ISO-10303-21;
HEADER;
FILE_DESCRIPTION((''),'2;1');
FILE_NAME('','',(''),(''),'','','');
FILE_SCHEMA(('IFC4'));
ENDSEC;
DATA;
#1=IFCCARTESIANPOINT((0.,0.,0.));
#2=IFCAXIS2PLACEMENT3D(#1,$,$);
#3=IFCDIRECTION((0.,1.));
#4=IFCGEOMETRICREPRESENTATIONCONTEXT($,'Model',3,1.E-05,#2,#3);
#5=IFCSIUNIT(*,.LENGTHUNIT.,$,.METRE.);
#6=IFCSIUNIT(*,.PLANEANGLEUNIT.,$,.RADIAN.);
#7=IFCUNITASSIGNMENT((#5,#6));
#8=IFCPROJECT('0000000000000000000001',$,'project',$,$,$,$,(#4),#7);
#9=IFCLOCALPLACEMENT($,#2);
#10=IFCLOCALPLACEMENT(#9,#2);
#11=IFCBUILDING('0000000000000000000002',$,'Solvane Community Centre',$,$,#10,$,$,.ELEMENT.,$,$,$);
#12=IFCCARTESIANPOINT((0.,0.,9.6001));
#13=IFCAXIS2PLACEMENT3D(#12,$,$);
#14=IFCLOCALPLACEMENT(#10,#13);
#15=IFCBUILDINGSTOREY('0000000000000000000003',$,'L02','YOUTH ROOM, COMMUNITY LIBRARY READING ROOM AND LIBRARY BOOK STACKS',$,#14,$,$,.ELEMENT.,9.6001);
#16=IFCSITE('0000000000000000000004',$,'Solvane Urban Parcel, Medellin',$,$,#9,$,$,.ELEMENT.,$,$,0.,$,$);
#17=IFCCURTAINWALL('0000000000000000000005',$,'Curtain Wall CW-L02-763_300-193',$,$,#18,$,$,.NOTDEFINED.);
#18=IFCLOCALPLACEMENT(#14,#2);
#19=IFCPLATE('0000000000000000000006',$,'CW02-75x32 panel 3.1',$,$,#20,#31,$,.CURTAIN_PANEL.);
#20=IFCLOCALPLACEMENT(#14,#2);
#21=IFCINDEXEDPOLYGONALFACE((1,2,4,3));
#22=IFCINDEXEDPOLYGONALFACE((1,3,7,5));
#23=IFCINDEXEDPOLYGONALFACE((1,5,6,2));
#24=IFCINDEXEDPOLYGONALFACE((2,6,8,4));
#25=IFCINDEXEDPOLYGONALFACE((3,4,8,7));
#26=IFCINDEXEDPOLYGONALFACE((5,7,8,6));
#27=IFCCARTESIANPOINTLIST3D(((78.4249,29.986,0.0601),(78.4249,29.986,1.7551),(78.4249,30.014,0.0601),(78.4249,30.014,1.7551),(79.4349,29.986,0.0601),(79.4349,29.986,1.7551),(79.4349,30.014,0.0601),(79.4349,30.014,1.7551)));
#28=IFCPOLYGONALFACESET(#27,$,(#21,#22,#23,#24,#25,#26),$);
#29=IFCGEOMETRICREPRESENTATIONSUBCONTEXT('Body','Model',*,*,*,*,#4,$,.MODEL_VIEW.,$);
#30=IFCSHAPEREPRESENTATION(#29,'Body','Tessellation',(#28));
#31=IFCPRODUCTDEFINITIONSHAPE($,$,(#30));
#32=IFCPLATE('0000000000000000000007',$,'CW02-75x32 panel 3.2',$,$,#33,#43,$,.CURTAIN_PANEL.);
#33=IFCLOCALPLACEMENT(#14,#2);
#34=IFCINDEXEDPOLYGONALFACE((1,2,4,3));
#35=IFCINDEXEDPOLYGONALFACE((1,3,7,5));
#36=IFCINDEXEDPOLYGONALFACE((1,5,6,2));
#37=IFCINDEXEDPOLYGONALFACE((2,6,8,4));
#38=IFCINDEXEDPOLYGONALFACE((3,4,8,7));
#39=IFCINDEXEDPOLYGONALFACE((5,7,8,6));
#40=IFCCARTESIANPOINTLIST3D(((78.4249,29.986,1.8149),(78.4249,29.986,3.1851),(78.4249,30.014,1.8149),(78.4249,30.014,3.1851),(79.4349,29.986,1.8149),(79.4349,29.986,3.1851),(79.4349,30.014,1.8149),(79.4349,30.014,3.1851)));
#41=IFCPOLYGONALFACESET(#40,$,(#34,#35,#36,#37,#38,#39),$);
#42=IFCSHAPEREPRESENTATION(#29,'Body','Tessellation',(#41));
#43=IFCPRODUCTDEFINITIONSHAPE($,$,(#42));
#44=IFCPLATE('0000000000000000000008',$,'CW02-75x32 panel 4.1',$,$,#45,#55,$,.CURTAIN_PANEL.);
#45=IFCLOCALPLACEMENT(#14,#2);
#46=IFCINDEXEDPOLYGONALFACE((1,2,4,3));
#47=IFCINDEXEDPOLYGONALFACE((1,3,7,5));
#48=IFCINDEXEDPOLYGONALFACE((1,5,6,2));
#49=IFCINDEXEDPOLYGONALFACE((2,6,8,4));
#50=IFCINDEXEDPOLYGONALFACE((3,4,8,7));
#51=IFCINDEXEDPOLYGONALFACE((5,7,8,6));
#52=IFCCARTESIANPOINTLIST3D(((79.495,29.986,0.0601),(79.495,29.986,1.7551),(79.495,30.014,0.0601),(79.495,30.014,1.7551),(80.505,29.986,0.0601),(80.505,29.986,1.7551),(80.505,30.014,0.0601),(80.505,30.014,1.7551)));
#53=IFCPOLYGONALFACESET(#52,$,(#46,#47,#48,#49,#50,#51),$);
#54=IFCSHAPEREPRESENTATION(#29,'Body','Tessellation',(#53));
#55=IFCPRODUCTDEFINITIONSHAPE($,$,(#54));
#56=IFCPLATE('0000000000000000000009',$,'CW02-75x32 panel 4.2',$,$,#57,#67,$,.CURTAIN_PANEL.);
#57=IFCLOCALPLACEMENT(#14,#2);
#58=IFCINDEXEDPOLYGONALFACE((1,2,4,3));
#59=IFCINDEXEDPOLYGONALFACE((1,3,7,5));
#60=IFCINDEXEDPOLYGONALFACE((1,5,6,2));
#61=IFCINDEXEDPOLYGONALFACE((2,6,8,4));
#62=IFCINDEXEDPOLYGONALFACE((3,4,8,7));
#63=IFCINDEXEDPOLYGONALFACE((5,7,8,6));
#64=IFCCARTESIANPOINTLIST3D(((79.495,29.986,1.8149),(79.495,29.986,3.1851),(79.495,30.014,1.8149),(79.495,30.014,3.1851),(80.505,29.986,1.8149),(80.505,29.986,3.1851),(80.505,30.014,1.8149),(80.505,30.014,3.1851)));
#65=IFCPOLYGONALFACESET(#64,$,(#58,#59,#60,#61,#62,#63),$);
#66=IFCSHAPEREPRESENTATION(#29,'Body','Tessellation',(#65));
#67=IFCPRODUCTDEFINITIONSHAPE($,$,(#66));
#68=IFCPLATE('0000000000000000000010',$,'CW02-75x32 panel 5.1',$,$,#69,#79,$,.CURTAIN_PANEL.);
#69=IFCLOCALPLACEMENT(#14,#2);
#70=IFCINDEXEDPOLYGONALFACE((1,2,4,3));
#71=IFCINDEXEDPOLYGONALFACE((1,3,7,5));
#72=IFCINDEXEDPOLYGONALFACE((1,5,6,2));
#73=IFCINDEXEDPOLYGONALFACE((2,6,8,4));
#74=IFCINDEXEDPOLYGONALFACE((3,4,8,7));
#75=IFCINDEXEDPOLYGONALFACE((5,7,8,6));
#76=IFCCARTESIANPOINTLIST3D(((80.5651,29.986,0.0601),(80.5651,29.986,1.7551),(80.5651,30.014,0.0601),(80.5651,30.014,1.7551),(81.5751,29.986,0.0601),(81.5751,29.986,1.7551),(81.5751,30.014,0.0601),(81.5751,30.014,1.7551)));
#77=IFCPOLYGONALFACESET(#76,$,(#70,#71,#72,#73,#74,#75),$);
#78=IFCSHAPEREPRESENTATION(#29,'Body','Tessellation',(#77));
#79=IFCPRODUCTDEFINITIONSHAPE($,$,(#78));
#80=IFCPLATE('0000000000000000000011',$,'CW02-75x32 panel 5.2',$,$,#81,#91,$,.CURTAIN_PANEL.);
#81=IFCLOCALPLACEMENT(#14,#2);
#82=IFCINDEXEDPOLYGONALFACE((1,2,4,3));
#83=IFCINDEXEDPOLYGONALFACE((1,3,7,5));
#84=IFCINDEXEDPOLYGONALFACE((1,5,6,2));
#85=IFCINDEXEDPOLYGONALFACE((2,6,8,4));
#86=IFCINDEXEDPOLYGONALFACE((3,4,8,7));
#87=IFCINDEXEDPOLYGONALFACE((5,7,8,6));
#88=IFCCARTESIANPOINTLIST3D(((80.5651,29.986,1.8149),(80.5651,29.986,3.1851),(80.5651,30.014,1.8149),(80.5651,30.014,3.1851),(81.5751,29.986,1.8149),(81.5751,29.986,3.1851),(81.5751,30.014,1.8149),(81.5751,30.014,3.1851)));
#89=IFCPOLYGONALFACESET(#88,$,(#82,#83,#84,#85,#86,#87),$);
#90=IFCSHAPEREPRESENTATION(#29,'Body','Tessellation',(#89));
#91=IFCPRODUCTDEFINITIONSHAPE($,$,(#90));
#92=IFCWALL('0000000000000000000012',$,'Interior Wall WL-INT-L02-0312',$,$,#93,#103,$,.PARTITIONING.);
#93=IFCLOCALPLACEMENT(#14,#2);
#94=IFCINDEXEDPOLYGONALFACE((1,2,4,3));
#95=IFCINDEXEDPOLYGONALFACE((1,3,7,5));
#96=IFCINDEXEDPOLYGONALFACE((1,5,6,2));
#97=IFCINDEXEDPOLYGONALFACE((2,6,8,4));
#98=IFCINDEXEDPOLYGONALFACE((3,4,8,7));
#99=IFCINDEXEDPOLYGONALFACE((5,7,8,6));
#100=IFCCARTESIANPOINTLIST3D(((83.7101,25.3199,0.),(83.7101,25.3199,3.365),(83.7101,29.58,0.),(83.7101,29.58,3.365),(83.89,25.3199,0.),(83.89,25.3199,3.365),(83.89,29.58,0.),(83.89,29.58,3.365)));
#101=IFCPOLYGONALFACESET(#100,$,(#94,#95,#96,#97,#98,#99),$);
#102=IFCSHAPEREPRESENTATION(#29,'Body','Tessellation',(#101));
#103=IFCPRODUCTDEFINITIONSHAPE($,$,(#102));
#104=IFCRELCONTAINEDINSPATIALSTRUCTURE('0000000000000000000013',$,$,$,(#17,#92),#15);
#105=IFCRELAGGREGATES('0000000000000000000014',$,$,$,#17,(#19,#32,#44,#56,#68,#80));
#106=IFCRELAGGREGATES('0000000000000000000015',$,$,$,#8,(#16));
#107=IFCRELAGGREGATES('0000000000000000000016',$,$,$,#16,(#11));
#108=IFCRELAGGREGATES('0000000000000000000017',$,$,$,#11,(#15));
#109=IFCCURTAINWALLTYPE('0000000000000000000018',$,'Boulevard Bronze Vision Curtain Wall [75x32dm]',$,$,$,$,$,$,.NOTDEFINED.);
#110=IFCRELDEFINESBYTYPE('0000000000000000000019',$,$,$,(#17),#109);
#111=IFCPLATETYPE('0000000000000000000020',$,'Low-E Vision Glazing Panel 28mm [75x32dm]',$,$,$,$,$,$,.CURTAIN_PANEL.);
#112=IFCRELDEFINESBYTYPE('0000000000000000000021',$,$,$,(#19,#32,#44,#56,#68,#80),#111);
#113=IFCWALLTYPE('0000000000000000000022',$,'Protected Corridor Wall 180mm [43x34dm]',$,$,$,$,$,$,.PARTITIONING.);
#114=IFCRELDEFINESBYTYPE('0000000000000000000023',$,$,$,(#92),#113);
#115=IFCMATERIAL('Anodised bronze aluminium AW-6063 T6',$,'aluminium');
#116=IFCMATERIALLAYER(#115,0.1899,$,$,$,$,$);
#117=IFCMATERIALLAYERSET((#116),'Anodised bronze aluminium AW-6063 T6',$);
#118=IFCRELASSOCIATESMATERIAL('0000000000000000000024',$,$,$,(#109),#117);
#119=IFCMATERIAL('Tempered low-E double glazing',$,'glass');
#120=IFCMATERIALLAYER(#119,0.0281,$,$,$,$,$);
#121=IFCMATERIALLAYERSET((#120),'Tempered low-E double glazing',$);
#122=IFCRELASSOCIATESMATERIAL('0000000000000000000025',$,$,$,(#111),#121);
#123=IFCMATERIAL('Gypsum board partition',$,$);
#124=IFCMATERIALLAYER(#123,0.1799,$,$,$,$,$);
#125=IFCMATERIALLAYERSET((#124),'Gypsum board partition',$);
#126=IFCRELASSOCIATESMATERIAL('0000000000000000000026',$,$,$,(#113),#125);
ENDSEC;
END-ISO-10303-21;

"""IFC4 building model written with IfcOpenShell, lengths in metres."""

from ifc_helpers import new_model, si_unit, direction, frame, frame_2d, origin, origin_2d, place, context, subcontext, project, spatial, rectangle, extrude, material, layer, layer_set, type_object, element, aggregate, save


model = new_model("IFC4")

# Units and contexts
model_context = context("Model", 3, precision=1e-05, world=origin(), true_north=direction((0.0, 1.0)))
body_context = subcontext(model_context, "Body", "Model", "MODEL_VIEW")
ifc_project = project(units=[si_unit("LENGTHUNIT", "METRE"), si_unit("PLANEANGLEUNIT", "RADIAN")], contexts=[model_context])

# Site, building, storey
site_placement = place(None, origin())
site = spatial("IfcSite", under=ifc_project, at=site_placement, Name="Solvane Urban Parcel, Medellin", CompositionType="ELEMENT", RefElevation=0.0)
building_placement = place(site_placement, origin())
building = spatial("IfcBuilding", under=site, at=building_placement, Name="Solvane Community Centre", CompositionType="ELEMENT")
storey_placement = place(building_placement, frame((0.0, 0.0, 9.6001)))
storey = spatial("IfcBuildingStorey", under=building, at=storey_placement, Name="L02", Description="YOUTH ROOM, COMMUNITY LIBRARY READING ROOM AND LIBRARY BOOK STACKS", CompositionType="ELEMENT", Elevation=9.6001)

# Curtain wall
ifc_material_1 = material(Name="Anodised bronze aluminium AW-6063 T6", Category="aluminium")
ifc_layer_1 = layer(ifc_material_1, 0.1899)
ifc_layer_set_1 = layer_set([ifc_layer_1], Name="Anodised bronze aluminium AW-6063 T6")
curtain_wall_type = type_object("IfcCurtainWallType", Name="Boulevard Bronze Vision Curtain Wall [75x32dm]", PredefinedType="NOTDEFINED", material=ifc_layer_set_1)
curtain_wall_placement = place(storey_placement, origin())
curtain_wall = element("IfcCurtainWall", 1, at=curtain_wall_placement, inside=storey, type_object=curtain_wall_type, Name="Curtain Wall CW-L02-763_300-193", PredefinedType="NOTDEFINED")

# Plates
ifc_material_2 = material(Name="Tempered low-E double glazing", Category="glass")
ifc_layer_2 = layer(ifc_material_2, 0.0281)
ifc_layer_set_2 = layer_set([ifc_layer_2], Name="Tempered low-E double glazing")
plate_type = type_object("IfcPlateType", Name="Low-E Vision Glazing Panel 28mm [75x32dm]", PredefinedType="CURTAIN_PANEL", material=ifc_layer_set_2)
plate_1_placement = place(storey_placement, frame((78.9299, 30.0, 0.0601), z_axis=(0.0, 0.0, 1.0), x_axis=(1.0, 0.0, 0.0)))
plate_1 = element("IfcPlate", 2, at=plate_1_placement, type_object=plate_type, Name="CW02-75x32 panel 3.1", PredefinedType="CURTAIN_PANEL", context=body_context, shape_type="SweptSolid", body=[
    extrude(rectangle(XDim=1.01, YDim=0.0281, at=origin_2d()), origin(), (0.0, 0.0, 1.0), 1.6951),
])
plate_2_placement = place(storey_placement, frame((78.9299, 30.0, 1.8149), z_axis=(0.0, 0.0, 1.0), x_axis=(1.0, 0.0, 0.0)))
plate_2 = element("IfcPlate", 3, at=plate_2_placement, type_object=plate_type, Name="CW02-75x32 panel 3.2", PredefinedType="CURTAIN_PANEL", context=body_context, shape_type="SweptSolid", body=[
    extrude(rectangle(XDim=1.01, YDim=0.0281, at=origin_2d()), origin(), (0.0, 0.0, 1.0), 1.3701),
])
plate_3_placement = place(storey_placement, frame((80.0, 30.0, 0.0601), z_axis=(0.0, 0.0, 1.0), x_axis=(1.0, 0.0, 0.0)))
plate_3 = element("IfcPlate", 4, at=plate_3_placement, type_object=plate_type, Name="CW02-75x32 panel 4.1", PredefinedType="CURTAIN_PANEL", context=body_context, shape_type="SweptSolid", body=[
    extrude(rectangle(XDim=1.01, YDim=0.0281, at=origin_2d()), origin(), (0.0, 0.0, 1.0), 1.6951),
])
plate_4_placement = place(storey_placement, frame((80.0, 30.0, 1.8149), z_axis=(0.0, 0.0, 1.0), x_axis=(1.0, 0.0, 0.0)))
plate_4 = element("IfcPlate", 5, at=plate_4_placement, type_object=plate_type, Name="CW02-75x32 panel 4.2", PredefinedType="CURTAIN_PANEL", context=body_context, shape_type="SweptSolid", body=[
    extrude(rectangle(XDim=1.01, YDim=0.0281, at=origin_2d()), origin(), (0.0, 0.0, 1.0), 1.3701),
])
plate_5_placement = place(storey_placement, frame((81.0701, 30.0, 0.0601), z_axis=(0.0, 0.0, 1.0), x_axis=(1.0, 0.0, 0.0)))
plate_5 = element("IfcPlate", 6, at=plate_5_placement, type_object=plate_type, Name="CW02-75x32 panel 5.1", PredefinedType="CURTAIN_PANEL", context=body_context, shape_type="SweptSolid", body=[
    extrude(rectangle(XDim=1.01, YDim=0.0281, at=origin_2d()), origin(), (0.0, 0.0, 1.0), 1.6951),
])
plate_6_placement = place(storey_placement, frame((81.0701, 30.0, 1.8149), z_axis=(0.0, 0.0, 1.0), x_axis=(1.0, 0.0, 0.0)))
plate_6 = element("IfcPlate", 7, at=plate_6_placement, type_object=plate_type, Name="CW02-75x32 panel 5.2", PredefinedType="CURTAIN_PANEL", context=body_context, shape_type="SweptSolid", body=[
    extrude(rectangle(XDim=1.01, YDim=0.0281, at=origin_2d()), origin(), (0.0, 0.0, 1.0), 1.3701),
])
aggregate(curtain_wall, [plate_1, plate_2, plate_3, plate_4, plate_5, plate_6])

# Wall
ifc_material_3 = material(Name="Gypsum board partition")
ifc_layer_3 = layer(ifc_material_3, 0.1799)
ifc_layer_set_3 = layer_set([ifc_layer_3], Name="Gypsum board partition")
wall_type = type_object("IfcWallType", Name="Protected Corridor Wall 180mm [43x34dm]", PredefinedType="PARTITIONING", material=ifc_layer_set_3)
wall_placement = place(storey_placement, frame((83.8, 25.3201, 0.0), z_axis=(0.0, 0.0, 1.0), x_axis=(0.0, 1.0, 0.0)))
element("IfcWall", 8, at=wall_placement, inside=storey, type_object=wall_type, Name="Interior Wall WL-INT-L02-0312", PredefinedType="PARTITIONING", context=body_context, shape_type="SweptSolid", body=[
    extrude(rectangle(XDim=4.26, YDim=0.1799, at=frame_2d((2.1299, 0.0))), origin(), (0.0, 0.0, 1.0), 3.365),
])

save(model, "model.ifc")
